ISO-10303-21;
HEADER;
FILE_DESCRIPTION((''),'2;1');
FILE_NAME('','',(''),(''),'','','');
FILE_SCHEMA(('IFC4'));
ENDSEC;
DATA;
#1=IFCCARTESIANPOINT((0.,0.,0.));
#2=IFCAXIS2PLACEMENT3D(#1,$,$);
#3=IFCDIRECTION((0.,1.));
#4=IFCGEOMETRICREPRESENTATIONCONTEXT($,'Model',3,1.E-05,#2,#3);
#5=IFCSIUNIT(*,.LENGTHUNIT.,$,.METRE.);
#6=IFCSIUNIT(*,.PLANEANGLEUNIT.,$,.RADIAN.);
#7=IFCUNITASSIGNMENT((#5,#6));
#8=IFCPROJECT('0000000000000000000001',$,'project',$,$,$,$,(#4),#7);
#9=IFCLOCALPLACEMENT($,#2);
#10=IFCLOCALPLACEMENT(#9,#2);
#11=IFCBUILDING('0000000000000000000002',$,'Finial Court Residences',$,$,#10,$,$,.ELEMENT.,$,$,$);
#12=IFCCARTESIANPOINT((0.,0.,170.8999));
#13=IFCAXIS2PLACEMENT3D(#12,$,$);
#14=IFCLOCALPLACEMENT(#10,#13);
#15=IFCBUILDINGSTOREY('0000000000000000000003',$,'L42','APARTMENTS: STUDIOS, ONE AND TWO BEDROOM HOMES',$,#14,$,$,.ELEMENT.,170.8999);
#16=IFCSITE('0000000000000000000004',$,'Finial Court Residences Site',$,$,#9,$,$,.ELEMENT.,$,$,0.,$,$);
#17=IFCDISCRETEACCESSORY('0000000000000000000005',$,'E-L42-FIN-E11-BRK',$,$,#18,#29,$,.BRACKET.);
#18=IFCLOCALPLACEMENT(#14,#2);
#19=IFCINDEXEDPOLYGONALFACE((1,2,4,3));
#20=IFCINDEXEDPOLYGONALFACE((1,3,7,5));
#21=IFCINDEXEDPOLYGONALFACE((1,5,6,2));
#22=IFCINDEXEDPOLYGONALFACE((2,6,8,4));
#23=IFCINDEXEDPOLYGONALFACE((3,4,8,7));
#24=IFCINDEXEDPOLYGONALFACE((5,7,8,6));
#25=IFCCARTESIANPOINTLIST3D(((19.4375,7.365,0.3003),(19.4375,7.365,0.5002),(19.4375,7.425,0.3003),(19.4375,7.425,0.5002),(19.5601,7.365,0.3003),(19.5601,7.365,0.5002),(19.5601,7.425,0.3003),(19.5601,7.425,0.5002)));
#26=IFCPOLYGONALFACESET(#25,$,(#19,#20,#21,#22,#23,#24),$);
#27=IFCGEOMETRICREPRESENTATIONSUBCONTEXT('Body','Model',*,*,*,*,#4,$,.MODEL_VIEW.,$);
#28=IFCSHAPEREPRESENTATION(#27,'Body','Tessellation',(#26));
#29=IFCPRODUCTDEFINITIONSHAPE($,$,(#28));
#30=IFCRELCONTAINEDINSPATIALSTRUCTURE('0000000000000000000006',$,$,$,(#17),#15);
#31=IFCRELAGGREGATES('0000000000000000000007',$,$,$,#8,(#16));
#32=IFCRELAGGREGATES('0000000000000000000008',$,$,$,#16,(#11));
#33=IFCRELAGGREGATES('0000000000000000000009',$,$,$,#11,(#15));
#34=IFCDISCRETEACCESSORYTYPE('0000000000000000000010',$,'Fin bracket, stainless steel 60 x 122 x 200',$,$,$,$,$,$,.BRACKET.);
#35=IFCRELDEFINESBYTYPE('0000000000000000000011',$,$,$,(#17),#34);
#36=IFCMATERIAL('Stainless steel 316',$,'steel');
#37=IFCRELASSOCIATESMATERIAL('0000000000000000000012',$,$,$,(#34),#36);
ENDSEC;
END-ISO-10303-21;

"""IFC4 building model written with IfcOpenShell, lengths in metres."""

from ifc_helpers import new_model, si_unit, direction, frame, origin, origin_2d, place, context, subcontext, project, spatial, rectangle, extrude, material, type_object, element, save


model = new_model("IFC4")

# Units and contexts
model_context = context("Model", 3, precision=1e-05, world=origin(), true_north=direction((0.0, 1.0)))
body_context = subcontext(model_context, "Body", "Model", "MODEL_VIEW")
ifc_project = project(units=[si_unit("LENGTHUNIT", "METRE"), si_unit("PLANEANGLEUNIT", "RADIAN")], contexts=[model_context])

# Site, building, storey
site_placement = place(None, origin())
site = spatial("IfcSite", under=ifc_project, at=site_placement, Name="Finial Court Residences Site", CompositionType="ELEMENT", RefElevation=0.0)
building_placement = place(site_placement, origin())
building = spatial("IfcBuilding", under=site, at=building_placement, Name="Finial Court Residences", CompositionType="ELEMENT")
storey_placement = place(building_placement, frame((0.0, 0.0, 170.8999)))
storey = spatial("IfcBuildingStorey", under=building, at=storey_placement, Name="L42", Description="APARTMENTS: STUDIOS, ONE AND TWO BEDROOM HOMES", CompositionType="ELEMENT", Elevation=170.8999)

# Discrete accessory
ifc_material_1 = material(Name="Stainless steel 316", Category="steel")
discrete_accessory_type = type_object("IfcDiscreteAccessoryType", Name="Fin bracket, stainless steel 60 x 122 x 200", PredefinedType="BRACKET", material=ifc_material_1)
discrete_accessory_placement = place(storey_placement, frame((19.4988, 7.395, 0.3003), z_axis=(0.0, 0.0, 1.0), x_axis=(1.0, 0.0, 0.0)))
element("IfcDiscreteAccessory", 1, at=discrete_accessory_placement, inside=storey, type_object=discrete_accessory_type, Name="E-L42-FIN-E11-BRK", PredefinedType="BRACKET", context=body_context, shape_type="SweptSolid", body=[
    extrude(rectangle(XDim=0.1226, YDim=0.0601, at=origin_2d()), origin(), (0.0, 0.0, 1.0), 0.2),
])

save(model, "model.ifc")
